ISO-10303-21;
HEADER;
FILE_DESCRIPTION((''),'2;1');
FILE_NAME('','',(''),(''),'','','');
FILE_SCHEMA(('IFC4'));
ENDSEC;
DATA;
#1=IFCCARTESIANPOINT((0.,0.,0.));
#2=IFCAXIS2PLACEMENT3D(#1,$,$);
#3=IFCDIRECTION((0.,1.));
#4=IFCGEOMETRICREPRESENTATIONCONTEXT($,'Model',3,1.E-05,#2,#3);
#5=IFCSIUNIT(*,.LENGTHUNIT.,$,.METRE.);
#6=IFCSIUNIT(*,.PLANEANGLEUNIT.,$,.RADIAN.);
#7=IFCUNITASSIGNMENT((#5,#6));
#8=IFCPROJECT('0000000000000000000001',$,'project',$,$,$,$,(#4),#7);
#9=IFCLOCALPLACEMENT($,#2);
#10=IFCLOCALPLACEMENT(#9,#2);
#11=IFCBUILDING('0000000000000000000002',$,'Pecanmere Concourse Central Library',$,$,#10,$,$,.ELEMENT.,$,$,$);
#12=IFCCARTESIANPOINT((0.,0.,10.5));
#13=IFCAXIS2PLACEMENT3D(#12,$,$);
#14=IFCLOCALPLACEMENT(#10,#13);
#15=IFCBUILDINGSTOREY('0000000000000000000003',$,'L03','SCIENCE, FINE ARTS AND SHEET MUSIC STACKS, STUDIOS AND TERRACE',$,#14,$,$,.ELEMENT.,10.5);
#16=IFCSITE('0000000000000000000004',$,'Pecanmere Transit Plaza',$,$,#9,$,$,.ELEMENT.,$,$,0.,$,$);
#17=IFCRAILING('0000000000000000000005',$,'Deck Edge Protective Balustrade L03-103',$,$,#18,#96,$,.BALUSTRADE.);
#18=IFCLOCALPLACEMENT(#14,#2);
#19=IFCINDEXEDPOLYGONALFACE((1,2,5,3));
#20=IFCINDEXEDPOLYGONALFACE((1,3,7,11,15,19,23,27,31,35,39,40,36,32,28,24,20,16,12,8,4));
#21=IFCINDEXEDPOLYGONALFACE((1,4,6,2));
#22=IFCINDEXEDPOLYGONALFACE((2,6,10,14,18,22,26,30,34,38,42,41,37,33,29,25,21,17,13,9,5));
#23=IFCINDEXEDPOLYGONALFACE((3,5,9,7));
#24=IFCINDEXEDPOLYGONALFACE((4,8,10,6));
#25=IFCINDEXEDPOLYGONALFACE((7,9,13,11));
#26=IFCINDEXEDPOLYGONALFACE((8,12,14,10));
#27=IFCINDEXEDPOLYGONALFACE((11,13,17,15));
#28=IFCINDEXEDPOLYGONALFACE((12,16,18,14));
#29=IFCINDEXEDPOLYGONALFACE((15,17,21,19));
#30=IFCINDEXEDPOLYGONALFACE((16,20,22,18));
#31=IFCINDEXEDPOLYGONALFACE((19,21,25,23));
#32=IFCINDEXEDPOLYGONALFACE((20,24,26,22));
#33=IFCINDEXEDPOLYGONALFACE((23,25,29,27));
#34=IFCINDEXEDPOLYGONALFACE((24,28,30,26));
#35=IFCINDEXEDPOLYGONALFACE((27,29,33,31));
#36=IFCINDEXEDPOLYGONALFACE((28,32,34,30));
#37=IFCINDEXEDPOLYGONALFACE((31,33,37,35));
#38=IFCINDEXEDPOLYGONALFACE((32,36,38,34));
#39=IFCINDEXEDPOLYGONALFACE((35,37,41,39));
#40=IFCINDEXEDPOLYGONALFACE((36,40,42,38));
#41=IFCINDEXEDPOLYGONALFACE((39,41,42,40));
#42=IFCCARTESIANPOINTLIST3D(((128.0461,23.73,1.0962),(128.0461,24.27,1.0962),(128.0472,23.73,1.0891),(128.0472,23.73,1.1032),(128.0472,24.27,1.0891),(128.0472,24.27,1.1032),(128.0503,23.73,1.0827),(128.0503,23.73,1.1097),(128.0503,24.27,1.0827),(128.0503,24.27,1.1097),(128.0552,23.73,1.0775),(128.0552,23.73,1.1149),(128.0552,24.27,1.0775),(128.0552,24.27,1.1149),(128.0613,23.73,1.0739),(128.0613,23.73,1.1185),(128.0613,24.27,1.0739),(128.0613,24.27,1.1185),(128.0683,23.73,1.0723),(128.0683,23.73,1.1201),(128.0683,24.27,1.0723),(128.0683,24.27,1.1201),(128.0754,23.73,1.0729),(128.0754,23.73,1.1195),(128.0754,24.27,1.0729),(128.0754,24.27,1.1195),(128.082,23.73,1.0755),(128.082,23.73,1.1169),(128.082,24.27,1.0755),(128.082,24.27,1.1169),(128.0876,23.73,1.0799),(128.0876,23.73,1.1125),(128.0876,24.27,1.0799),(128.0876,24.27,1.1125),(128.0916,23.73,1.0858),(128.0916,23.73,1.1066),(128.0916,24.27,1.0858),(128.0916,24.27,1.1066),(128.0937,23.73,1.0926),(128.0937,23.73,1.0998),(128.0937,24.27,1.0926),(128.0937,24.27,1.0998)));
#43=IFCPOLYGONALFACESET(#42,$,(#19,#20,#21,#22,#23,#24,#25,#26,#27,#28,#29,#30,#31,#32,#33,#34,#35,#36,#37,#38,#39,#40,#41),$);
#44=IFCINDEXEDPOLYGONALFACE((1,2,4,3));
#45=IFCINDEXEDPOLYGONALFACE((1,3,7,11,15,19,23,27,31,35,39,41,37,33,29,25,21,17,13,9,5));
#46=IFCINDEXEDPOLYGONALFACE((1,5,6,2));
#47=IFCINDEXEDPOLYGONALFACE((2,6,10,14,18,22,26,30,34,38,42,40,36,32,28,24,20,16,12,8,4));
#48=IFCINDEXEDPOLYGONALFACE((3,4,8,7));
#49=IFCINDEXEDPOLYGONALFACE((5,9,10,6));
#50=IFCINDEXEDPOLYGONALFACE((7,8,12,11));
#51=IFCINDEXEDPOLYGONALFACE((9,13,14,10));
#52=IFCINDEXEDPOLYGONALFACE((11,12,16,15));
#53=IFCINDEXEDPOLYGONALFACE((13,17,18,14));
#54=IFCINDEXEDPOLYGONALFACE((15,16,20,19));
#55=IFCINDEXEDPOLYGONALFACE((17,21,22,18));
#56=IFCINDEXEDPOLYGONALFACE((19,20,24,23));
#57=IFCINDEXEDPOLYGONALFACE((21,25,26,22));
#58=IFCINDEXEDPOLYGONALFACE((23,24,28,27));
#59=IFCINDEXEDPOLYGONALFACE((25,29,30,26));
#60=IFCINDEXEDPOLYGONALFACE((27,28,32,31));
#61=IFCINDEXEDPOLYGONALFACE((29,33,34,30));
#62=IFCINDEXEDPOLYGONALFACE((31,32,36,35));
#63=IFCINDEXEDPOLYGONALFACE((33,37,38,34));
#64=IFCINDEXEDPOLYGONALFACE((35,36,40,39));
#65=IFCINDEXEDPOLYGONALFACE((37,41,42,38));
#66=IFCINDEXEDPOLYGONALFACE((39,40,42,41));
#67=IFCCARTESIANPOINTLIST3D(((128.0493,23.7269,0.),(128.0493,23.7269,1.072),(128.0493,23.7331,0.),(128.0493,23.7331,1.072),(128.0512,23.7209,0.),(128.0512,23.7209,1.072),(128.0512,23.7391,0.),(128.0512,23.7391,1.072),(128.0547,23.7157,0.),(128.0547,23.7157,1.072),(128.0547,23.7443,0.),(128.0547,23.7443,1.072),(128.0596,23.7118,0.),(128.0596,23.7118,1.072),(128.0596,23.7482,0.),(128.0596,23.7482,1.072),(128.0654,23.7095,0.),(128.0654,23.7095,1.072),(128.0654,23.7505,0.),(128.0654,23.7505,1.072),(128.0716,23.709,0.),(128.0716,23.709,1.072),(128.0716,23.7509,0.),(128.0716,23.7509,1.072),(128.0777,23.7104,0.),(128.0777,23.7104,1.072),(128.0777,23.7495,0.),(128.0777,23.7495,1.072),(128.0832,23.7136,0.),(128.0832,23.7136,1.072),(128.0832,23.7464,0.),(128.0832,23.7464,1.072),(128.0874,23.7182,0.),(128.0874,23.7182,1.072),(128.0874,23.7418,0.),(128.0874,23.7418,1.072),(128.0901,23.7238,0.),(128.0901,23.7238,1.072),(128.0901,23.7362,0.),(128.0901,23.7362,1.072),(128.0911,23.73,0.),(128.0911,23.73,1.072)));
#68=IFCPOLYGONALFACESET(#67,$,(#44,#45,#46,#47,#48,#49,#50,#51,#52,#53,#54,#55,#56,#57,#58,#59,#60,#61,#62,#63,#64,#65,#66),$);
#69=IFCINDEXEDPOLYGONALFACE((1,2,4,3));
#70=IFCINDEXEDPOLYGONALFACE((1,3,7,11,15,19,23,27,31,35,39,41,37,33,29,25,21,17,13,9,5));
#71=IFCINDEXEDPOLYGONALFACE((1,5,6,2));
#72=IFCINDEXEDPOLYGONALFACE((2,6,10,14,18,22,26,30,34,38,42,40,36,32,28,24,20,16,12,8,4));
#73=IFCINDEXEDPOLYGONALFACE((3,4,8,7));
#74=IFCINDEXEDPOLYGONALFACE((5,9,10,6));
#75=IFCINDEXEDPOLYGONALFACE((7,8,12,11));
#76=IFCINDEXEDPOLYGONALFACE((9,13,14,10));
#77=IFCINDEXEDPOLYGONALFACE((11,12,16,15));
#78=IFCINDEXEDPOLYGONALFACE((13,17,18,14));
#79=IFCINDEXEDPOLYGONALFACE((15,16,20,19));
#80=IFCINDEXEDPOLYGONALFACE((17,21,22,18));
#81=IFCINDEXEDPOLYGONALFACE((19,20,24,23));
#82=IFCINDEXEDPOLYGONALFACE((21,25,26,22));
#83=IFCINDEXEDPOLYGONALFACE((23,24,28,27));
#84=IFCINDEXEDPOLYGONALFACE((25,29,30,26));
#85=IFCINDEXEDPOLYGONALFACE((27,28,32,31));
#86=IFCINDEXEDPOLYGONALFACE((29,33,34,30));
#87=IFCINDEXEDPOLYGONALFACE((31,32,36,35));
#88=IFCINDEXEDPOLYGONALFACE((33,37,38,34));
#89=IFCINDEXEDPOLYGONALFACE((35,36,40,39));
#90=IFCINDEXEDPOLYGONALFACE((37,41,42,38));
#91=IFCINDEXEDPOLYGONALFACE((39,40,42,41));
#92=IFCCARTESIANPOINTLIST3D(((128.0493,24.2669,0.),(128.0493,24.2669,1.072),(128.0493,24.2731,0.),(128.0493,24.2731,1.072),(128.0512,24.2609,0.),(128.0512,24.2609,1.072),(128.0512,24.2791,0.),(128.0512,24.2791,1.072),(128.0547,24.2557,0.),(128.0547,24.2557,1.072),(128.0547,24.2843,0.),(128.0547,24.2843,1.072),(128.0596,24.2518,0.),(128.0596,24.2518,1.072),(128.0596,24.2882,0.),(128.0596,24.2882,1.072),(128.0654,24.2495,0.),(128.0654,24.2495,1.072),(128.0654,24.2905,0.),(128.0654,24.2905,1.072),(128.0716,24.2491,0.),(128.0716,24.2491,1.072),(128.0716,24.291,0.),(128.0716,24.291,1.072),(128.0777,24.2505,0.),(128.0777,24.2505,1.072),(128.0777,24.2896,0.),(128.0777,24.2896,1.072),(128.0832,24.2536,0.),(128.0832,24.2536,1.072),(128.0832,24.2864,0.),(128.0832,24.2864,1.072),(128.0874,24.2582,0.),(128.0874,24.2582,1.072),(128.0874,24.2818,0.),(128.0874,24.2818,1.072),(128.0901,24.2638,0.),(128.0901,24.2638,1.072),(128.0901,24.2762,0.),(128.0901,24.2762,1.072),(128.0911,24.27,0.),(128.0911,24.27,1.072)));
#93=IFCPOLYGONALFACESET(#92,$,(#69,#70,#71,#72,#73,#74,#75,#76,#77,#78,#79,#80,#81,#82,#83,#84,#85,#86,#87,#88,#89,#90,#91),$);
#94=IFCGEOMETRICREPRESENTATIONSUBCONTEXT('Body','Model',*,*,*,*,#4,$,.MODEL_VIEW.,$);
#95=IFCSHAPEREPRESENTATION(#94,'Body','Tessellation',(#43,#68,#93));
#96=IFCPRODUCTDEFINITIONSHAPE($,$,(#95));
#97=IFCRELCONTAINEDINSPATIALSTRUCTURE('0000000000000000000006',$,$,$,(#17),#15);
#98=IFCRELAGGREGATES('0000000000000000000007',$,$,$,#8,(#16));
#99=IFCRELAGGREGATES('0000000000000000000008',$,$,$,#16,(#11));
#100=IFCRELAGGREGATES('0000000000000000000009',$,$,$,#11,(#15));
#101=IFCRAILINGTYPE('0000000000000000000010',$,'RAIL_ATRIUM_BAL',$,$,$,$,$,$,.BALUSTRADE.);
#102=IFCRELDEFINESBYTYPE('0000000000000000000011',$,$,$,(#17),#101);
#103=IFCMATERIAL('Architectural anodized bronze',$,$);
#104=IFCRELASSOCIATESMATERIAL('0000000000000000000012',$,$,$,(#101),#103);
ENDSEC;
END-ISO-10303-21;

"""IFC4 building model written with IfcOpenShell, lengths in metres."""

from ifc_helpers import new_model, si_unit, direction, frame, origin, origin_2d, place, context, subcontext, project, spatial, circle, extrude, material, type_object, element, save


model = new_model("IFC4")

# Units and contexts
model_context = context("Model", 3, precision=1e-05, world=origin(), true_north=direction((0.0, 1.0)))
body_context = subcontext(model_context, "Body", "Model", "MODEL_VIEW")
ifc_project = project(units=[si_unit("LENGTHUNIT", "METRE"), si_unit("PLANEANGLEUNIT", "RADIAN")], contexts=[model_context])

# Site, building, storey
site_placement = place(None, origin())
site = spatial("IfcSite", under=ifc_project, at=site_placement, Name="Pecanmere Transit Plaza", CompositionType="ELEMENT", RefElevation=0.0)
building_placement = place(site_placement, origin())
building = spatial("IfcBuilding", under=site, at=building_placement, Name="Pecanmere Concourse Central Library", CompositionType="ELEMENT")
storey_placement = place(building_placement, frame((0.0, 0.0, 10.5)))
storey = spatial("IfcBuildingStorey", under=building, at=storey_placement, Name="L03", Description="SCIENCE, FINE ARTS AND SHEET MUSIC STACKS, STUDIOS AND TERRACE", CompositionType="ELEMENT", Elevation=10.5)

# Railing
ifc_material_1 = material(Name="Architectural anodized bronze")
railing_type = type_object("IfcRailingType", Name="RAIL_ATRIUM_BAL", PredefinedType="BALUSTRADE", material=ifc_material_1)
railing_1_placement = place(storey_placement, frame((128.0701, 23.73, 0.0)))
element("IfcRailing", 1, at=railing_1_placement, inside=storey, type_object=railing_type, Name="Deck Edge Protective Balustrade L03-103", PredefinedType="BALUSTRADE", context=body_context, shape_type="SweptSolid", body=[
    extrude(circle(Radius=0.0239, at=origin_2d()), frame((0.0, 0.0, 1.0962), z_axis=(0.0, 1.0, 0.0), x_axis=(-1.0, 0.0, 0.0)), (0.0, 0.0, 1.0), 0.54),
    extrude(circle(Radius=0.021, at=origin_2d()), origin(), (0.0, 0.0, 1.0), 1.072),
    extrude(circle(Radius=0.021, at=origin_2d()), frame((0.0, 0.54, 0.0)), (0.0, 0.0, 1.0), 1.072),
])

save(model, "model.ifc")
